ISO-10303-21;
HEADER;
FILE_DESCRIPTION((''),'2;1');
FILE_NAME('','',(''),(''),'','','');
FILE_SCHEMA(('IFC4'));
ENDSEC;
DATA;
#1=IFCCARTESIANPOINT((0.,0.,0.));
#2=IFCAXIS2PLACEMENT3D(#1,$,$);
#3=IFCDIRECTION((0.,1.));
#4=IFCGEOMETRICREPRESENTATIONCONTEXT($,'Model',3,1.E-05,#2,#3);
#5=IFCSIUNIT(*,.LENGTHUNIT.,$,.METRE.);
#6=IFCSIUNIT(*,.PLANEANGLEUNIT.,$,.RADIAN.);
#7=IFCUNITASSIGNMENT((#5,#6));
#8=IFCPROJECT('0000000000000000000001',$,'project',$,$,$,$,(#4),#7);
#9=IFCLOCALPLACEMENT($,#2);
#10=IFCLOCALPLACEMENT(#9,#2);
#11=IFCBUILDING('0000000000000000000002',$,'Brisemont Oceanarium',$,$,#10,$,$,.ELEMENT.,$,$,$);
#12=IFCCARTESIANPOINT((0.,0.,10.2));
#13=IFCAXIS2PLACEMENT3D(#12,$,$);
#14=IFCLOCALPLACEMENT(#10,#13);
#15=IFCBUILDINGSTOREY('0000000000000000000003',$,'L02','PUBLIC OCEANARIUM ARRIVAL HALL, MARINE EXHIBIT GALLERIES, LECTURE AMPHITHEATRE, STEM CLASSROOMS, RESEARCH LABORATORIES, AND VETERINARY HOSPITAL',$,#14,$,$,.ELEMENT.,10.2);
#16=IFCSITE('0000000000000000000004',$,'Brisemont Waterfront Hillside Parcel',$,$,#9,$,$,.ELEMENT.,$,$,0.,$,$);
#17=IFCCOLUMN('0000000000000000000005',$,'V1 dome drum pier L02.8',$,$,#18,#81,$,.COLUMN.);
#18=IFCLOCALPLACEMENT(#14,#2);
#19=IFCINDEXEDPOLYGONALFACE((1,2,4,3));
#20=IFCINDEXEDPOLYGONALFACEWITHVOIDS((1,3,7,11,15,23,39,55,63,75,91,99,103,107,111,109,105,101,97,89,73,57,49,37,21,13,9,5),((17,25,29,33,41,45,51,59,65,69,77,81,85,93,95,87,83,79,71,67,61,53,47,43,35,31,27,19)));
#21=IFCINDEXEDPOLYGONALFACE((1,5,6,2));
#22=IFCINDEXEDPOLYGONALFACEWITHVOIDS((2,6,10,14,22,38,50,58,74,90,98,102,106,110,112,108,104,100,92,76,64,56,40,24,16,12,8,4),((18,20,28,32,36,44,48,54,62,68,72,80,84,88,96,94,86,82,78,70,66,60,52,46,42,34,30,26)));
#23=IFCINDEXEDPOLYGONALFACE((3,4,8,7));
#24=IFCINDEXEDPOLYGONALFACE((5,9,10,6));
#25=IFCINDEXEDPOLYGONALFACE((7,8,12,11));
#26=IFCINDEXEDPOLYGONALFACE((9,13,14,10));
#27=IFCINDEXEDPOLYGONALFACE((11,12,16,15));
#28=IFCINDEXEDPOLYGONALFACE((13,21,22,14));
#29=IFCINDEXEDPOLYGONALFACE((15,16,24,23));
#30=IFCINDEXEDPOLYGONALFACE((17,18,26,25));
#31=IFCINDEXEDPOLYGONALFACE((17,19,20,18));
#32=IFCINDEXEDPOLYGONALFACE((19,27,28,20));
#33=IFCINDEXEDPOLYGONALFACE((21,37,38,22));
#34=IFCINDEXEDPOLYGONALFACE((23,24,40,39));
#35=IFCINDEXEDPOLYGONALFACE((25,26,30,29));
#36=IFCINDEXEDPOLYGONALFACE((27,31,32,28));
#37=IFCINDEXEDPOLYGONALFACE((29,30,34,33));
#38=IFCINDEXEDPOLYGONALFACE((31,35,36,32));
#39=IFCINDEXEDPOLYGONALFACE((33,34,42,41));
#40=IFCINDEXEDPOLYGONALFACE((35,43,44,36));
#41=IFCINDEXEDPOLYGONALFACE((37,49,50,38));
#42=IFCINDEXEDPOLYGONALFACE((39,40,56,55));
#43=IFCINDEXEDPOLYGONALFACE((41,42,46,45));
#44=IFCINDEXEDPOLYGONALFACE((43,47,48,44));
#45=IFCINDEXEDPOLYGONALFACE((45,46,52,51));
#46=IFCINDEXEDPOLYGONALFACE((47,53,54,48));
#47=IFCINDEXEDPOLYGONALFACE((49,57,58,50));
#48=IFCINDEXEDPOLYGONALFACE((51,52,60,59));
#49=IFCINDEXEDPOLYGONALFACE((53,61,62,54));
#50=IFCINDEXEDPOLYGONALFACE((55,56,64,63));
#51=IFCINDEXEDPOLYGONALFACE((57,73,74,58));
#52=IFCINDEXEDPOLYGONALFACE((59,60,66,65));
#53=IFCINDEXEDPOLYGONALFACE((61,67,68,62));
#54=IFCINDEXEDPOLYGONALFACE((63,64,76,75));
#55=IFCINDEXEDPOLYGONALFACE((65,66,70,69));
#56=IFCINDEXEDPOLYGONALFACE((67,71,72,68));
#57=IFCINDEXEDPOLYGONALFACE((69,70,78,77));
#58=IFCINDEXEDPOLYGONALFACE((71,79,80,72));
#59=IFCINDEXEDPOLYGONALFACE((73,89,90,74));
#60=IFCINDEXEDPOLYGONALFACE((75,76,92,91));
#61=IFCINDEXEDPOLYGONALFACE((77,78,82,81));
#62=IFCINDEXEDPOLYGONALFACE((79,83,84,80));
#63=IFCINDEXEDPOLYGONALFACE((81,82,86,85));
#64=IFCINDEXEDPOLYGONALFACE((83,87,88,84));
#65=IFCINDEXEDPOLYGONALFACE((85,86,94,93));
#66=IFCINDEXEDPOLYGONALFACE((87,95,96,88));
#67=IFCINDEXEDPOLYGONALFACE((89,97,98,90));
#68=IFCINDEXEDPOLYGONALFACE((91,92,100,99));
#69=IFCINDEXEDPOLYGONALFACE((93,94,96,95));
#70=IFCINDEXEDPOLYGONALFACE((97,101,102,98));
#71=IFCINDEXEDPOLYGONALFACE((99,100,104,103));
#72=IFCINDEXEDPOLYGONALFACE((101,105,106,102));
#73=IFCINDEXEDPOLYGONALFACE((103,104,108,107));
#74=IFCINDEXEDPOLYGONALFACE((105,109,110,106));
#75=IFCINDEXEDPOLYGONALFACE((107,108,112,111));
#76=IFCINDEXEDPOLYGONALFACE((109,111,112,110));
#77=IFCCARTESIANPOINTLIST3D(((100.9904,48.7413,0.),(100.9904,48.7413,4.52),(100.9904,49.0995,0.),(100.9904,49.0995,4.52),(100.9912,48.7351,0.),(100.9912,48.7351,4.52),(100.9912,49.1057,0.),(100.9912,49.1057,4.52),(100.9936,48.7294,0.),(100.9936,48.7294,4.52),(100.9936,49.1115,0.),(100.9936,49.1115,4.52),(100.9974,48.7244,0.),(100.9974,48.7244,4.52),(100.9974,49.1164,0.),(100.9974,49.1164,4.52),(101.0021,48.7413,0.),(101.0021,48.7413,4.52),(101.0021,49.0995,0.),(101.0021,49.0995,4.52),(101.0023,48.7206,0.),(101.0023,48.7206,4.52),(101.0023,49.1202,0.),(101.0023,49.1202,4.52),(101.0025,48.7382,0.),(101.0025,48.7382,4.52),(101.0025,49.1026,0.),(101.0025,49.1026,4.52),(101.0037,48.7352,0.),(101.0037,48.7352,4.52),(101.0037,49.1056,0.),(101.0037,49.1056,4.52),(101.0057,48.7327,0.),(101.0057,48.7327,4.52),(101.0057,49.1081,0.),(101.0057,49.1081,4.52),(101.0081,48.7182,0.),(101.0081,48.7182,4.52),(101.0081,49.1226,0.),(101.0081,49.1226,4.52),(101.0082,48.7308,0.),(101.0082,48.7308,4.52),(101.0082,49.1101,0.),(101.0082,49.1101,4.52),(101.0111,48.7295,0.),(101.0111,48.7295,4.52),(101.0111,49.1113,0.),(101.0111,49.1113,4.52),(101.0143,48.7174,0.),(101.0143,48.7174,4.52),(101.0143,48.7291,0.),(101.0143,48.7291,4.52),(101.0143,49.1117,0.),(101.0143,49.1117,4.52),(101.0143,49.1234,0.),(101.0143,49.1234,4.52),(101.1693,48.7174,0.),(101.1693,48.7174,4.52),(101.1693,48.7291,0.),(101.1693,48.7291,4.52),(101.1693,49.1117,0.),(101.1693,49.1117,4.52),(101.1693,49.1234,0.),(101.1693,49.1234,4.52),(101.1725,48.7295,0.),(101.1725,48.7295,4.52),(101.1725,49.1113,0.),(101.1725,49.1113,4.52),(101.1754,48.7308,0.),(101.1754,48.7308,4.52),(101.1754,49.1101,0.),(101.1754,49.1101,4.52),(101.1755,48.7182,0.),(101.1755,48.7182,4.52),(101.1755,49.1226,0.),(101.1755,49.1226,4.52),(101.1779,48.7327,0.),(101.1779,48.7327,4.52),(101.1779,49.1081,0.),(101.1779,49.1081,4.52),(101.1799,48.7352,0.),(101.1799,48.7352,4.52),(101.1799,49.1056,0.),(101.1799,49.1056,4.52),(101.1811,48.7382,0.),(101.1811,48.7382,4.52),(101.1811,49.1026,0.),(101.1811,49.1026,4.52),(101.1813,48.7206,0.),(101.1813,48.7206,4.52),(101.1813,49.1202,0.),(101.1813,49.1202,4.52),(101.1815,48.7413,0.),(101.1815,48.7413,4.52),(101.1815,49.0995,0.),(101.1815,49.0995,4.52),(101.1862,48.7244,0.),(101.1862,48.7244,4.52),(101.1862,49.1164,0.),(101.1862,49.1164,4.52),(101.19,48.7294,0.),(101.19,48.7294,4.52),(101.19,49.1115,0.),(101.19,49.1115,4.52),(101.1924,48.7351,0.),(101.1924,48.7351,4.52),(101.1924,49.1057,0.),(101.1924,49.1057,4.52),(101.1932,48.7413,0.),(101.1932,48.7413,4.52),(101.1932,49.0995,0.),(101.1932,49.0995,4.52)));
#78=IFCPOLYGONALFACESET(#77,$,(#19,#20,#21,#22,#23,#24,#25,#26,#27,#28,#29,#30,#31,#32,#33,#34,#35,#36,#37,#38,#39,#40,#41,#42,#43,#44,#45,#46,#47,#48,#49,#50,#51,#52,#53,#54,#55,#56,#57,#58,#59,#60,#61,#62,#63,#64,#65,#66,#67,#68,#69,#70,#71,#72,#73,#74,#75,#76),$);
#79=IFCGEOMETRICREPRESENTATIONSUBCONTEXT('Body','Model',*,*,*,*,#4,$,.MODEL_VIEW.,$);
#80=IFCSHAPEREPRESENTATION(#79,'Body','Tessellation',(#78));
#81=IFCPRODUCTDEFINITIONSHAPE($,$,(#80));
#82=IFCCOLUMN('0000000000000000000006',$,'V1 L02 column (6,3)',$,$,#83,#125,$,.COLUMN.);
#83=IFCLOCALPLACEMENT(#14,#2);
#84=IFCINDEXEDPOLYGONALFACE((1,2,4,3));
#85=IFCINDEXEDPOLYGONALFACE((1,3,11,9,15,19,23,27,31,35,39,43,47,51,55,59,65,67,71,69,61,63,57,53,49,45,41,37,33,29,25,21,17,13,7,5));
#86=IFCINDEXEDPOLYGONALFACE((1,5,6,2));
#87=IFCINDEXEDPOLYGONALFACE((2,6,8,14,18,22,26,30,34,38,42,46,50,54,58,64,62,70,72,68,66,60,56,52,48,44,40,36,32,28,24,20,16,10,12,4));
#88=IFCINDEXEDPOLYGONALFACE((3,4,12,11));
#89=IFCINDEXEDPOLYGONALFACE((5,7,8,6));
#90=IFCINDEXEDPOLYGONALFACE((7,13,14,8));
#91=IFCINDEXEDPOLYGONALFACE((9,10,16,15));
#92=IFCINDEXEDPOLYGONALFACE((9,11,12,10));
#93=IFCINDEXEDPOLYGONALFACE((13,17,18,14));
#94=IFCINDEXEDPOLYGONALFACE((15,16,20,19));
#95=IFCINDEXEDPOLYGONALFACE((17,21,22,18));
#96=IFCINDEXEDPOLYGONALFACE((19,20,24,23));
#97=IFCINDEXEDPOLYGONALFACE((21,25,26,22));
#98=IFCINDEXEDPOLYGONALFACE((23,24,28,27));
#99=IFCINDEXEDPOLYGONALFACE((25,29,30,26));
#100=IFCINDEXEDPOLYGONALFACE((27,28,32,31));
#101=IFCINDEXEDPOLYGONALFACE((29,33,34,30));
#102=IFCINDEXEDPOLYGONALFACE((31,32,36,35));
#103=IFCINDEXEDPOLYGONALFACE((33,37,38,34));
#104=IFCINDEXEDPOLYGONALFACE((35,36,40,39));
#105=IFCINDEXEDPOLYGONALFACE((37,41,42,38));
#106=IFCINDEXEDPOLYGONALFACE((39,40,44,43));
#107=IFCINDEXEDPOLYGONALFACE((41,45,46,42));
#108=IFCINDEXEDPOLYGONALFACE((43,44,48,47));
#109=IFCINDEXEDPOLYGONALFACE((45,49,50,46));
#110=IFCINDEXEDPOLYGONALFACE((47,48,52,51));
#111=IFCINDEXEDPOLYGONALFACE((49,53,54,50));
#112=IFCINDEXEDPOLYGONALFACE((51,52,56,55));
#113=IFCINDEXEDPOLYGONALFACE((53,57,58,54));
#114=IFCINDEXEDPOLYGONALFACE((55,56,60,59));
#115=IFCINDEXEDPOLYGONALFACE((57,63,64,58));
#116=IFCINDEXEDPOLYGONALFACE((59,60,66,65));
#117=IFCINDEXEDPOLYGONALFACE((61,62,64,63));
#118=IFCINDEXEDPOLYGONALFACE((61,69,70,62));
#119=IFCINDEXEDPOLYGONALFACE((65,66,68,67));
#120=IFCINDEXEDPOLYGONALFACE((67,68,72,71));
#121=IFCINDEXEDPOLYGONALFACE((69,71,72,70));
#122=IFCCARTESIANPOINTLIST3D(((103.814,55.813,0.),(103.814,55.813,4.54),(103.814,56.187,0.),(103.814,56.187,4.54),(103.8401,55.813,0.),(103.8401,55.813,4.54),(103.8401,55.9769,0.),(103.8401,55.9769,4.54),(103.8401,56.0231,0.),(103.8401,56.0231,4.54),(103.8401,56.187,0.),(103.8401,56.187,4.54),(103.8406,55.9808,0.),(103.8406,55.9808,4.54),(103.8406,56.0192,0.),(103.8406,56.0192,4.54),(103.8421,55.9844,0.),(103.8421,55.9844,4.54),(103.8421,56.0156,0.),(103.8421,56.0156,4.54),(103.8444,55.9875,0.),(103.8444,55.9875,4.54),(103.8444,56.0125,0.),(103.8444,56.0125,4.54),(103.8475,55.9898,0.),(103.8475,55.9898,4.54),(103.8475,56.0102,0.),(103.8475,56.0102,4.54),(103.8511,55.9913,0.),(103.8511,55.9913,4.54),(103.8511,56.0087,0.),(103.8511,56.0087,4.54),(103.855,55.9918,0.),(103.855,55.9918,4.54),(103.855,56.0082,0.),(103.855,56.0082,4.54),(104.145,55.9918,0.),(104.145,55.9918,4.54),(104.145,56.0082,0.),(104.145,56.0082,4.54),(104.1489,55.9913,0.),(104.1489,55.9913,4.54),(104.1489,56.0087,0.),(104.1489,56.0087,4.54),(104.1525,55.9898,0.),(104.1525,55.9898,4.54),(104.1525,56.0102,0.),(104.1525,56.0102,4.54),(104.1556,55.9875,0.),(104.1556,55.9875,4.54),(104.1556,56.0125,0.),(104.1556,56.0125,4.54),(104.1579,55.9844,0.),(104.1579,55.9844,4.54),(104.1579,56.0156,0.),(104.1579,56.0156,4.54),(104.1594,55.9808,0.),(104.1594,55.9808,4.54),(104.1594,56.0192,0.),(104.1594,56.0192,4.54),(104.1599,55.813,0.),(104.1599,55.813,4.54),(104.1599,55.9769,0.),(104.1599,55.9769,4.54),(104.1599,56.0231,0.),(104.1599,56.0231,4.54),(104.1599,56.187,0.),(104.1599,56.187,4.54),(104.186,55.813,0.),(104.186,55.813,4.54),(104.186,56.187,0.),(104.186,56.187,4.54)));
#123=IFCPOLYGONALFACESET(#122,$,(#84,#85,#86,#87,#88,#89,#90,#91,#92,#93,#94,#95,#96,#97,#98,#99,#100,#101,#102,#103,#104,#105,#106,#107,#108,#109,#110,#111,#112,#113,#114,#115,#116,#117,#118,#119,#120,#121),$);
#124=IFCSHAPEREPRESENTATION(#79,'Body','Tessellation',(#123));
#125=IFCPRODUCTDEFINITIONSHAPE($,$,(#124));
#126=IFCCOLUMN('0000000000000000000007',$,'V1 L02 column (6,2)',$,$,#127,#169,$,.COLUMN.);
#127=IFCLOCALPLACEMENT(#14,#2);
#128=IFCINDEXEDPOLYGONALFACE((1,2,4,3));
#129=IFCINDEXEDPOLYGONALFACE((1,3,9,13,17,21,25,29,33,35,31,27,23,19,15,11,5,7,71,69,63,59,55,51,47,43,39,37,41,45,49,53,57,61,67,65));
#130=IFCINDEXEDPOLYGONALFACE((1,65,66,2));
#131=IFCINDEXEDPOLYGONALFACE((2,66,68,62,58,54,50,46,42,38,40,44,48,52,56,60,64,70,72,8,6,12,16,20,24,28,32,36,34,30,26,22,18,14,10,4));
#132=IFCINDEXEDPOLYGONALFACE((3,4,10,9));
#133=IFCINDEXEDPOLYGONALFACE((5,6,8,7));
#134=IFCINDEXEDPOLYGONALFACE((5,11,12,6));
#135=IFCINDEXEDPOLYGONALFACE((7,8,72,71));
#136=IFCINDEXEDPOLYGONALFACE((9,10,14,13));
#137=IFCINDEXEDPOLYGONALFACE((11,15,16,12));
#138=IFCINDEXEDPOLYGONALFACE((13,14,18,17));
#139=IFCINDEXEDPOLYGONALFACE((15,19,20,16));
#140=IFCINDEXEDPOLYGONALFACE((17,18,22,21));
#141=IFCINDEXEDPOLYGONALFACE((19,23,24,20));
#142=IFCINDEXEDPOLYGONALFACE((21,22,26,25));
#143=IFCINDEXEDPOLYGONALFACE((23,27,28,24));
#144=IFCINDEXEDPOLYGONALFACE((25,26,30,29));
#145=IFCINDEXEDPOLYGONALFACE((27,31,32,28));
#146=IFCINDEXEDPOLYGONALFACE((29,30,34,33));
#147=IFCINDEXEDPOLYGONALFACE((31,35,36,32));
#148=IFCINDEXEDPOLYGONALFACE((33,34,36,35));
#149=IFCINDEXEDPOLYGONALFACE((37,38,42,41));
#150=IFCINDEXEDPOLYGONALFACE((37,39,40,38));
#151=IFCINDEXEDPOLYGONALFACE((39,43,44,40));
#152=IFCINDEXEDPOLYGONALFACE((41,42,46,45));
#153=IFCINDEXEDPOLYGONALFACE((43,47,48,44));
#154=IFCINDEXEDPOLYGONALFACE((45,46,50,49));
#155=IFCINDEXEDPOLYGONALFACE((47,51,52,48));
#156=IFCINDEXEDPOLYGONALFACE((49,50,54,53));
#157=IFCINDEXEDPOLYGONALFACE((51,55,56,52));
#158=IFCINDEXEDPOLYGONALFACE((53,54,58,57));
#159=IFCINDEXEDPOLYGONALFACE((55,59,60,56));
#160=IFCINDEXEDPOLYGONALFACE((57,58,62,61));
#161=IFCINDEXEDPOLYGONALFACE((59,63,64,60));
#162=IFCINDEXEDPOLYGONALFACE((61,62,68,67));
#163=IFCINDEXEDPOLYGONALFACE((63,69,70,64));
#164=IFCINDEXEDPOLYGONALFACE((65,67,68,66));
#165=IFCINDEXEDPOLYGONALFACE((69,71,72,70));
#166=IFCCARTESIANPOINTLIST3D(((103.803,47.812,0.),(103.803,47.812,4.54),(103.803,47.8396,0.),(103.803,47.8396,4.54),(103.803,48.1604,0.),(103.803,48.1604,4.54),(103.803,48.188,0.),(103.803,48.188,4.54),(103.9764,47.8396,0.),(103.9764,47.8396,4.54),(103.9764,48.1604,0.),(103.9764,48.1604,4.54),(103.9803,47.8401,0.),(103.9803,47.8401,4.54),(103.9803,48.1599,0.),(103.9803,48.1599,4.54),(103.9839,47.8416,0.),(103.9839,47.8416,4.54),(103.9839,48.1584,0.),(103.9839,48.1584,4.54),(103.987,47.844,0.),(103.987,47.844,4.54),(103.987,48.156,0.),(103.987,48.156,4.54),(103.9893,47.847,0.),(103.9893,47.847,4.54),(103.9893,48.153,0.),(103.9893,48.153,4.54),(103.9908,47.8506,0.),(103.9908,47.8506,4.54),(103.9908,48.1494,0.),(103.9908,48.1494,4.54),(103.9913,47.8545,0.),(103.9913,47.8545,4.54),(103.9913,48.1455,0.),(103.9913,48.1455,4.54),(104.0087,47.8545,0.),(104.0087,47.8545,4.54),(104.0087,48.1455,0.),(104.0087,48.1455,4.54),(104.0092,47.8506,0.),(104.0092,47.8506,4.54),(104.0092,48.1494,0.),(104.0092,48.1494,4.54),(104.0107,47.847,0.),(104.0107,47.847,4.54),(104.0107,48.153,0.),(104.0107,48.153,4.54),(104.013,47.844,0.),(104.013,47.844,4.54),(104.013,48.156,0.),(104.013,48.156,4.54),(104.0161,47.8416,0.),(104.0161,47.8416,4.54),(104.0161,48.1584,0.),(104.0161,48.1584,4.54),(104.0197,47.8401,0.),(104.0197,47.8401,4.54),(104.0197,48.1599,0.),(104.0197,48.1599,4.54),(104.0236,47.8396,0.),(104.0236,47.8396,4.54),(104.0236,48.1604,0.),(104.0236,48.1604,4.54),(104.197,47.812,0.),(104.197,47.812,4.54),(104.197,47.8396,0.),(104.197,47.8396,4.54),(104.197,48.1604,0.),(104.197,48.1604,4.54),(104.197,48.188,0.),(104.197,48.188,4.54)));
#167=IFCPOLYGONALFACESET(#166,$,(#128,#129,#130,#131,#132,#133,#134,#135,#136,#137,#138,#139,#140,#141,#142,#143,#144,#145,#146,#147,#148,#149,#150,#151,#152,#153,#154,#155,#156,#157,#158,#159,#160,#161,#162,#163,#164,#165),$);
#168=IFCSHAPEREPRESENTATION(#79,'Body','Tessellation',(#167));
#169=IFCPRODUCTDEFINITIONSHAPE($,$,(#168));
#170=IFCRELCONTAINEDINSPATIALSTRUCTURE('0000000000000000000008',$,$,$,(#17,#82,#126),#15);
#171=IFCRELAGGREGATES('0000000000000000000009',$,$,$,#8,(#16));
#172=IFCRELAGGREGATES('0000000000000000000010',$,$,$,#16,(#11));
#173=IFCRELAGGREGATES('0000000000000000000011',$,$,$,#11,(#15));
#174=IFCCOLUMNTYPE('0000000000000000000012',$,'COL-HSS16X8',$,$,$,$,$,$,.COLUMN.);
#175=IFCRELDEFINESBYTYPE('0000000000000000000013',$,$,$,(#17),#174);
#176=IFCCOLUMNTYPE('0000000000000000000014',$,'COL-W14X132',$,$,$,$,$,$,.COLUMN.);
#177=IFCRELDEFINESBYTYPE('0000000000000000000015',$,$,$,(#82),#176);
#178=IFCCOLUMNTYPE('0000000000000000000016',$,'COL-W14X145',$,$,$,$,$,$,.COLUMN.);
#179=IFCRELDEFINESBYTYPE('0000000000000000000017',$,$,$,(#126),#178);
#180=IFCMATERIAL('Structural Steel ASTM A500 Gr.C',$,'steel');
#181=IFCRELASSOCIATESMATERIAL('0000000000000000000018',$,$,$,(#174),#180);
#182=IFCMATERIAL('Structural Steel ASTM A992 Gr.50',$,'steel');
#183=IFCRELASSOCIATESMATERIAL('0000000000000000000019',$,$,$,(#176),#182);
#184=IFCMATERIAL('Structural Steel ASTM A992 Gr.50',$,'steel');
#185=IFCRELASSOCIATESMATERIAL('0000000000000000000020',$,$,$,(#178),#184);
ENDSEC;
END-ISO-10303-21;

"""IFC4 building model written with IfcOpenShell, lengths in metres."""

from ifc_helpers import new_model, si_unit, direction, frame, origin, origin_2d, place, context, subcontext, project, spatial, hollow_rectangle, i_section, extrude, material, material_profile, profile_set, type_object, element, save


model = new_model("IFC4")

# Units and contexts
model_context = context("Model", 3, precision=1e-05, world=origin(), true_north=direction((0.0, 1.0)))
body_context = subcontext(model_context, "Body", "Model", "MODEL_VIEW")
ifc_project = project(units=[si_unit("LENGTHUNIT", "METRE"), si_unit("PLANEANGLEUNIT", "RADIAN")], contexts=[model_context])

# Site, building, storey
site_placement = place(None, origin())
site = spatial("IfcSite", under=ifc_project, at=site_placement, Name="Brisemont Waterfront Hillside Parcel", CompositionType="ELEMENT", RefElevation=0.0)
building_placement = place(site_placement, origin())
building = spatial("IfcBuilding", under=site, at=building_placement, Name="Brisemont Oceanarium", CompositionType="ELEMENT")
storey_placement = place(building_placement, frame((0.0, 0.0, 10.2)))
storey = spatial("IfcBuildingStorey", under=building, at=storey_placement, Name="L02", Description="PUBLIC OCEANARIUM ARRIVAL HALL, MARINE EXHIBIT GALLERIES, LECTURE AMPHITHEATRE, STEM CLASSROOMS, RESEARCH LABORATORIES, AND VETERINARY HOSPITAL", CompositionType="ELEMENT", Elevation=10.2)

# Columns
ifc_material_1 = material(Name="Structural Steel ASTM A500 Gr.C", Category="steel")
ifc_material_profile_1 = material_profile(ifc_material_1, hollow_rectangle(XDim=0.2029, YDim=0.406, WallThickness=0.0117, InnerFilletRadius=0.0122, OuterFilletRadius=0.0239, at=origin_2d()), Name="HSS16X8X1/2")
ifc_profile_set_1 = profile_set([ifc_material_profile_1], Name="Structural Steel ASTM A500 Gr.C")
column_type_1 = type_object("IfcColumnType", Name="COL-HSS16X8", PredefinedType="COLUMN", material=ifc_profile_set_1)
column_1_placement = place(storey_placement, frame((101.0918, 48.9204, 0.0), z_axis=(0.0, 0.0, 1.0), x_axis=(1.0, 0.0, 0.0)))
element("IfcColumn", 1, at=column_1_placement, inside=storey, type_object=column_type_1, Name="V1 dome drum pier L02.8", PredefinedType="COLUMN", context=body_context, shape_type="SweptSolid", body=[
    extrude(hollow_rectangle(XDim=0.2029, YDim=0.406, WallThickness=0.0117, InnerFilletRadius=0.0122, OuterFilletRadius=0.0239, at=origin_2d()), origin(), (0.0, 0.0, 1.0), 4.52),
])
ifc_material_2 = material(Name="Structural Steel ASTM A992 Gr.50", Category="steel")
ifc_material_profile_2 = material_profile(ifc_material_2, i_section(OverallWidth=0.374, OverallDepth=0.3721, WebThickness=0.0164, FlangeThickness=0.0261, FilletRadius=0.0149, at=origin_2d()), Name="W14X132")
ifc_profile_set_2 = profile_set([ifc_material_profile_2], Name="Structural Steel ASTM A992 Gr.50")
column_type_2 = type_object("IfcColumnType", Name="COL-W14X132", PredefinedType="COLUMN", material=ifc_profile_set_2)
column_2_placement = place(storey_placement, frame((104.0, 56.0, 0.0), z_axis=(0.0, 0.0, 1.0), x_axis=(0.0, 1.0, 0.0)))
element("IfcColumn", 2, at=column_2_placement, inside=storey, type_object=column_type_2, Name="V1 L02 column (6,3)", PredefinedType="COLUMN", context=body_context, shape_type="SweptSolid", body=[
    extrude(i_section(OverallWidth=0.374, OverallDepth=0.3721, WebThickness=0.0164, FlangeThickness=0.0261, FilletRadius=0.0149, at=origin_2d()), origin(), (0.0, 0.0, 1.0), 4.54),
])
ifc_material_3 = material(Name="Structural Steel ASTM A992 Gr.50", Category="steel")
ifc_material_profile_3 = material_profile(ifc_material_3, i_section(OverallWidth=0.394, OverallDepth=0.376, WebThickness=0.0173, FlangeThickness=0.0276, FilletRadius=0.0149, at=origin_2d()), Name="W14X145")
ifc_profile_set_3 = profile_set([ifc_material_profile_3], Name="Structural Steel ASTM A992 Gr.50")
column_type_3 = type_object("IfcColumnType", Name="COL-W14X145", PredefinedType="COLUMN", material=ifc_profile_set_3)
column_3_placement = place(storey_placement, frame((104.0, 48.0, 0.0), z_axis=(0.0, 0.0, 1.0), x_axis=(1.0, 0.0, 0.0)))
element("IfcColumn", 3, at=column_3_placement, inside=storey, type_object=column_type_3, Name="V1 L02 column (6,2)", PredefinedType="COLUMN", context=body_context, shape_type="SweptSolid", body=[
    extrude(i_section(OverallWidth=0.394, OverallDepth=0.376, WebThickness=0.0173, FlangeThickness=0.0276, FilletRadius=0.0149, at=origin_2d()), origin(), (0.0, 0.0, 1.0), 4.54),
])

save(model, "model.ifc")
